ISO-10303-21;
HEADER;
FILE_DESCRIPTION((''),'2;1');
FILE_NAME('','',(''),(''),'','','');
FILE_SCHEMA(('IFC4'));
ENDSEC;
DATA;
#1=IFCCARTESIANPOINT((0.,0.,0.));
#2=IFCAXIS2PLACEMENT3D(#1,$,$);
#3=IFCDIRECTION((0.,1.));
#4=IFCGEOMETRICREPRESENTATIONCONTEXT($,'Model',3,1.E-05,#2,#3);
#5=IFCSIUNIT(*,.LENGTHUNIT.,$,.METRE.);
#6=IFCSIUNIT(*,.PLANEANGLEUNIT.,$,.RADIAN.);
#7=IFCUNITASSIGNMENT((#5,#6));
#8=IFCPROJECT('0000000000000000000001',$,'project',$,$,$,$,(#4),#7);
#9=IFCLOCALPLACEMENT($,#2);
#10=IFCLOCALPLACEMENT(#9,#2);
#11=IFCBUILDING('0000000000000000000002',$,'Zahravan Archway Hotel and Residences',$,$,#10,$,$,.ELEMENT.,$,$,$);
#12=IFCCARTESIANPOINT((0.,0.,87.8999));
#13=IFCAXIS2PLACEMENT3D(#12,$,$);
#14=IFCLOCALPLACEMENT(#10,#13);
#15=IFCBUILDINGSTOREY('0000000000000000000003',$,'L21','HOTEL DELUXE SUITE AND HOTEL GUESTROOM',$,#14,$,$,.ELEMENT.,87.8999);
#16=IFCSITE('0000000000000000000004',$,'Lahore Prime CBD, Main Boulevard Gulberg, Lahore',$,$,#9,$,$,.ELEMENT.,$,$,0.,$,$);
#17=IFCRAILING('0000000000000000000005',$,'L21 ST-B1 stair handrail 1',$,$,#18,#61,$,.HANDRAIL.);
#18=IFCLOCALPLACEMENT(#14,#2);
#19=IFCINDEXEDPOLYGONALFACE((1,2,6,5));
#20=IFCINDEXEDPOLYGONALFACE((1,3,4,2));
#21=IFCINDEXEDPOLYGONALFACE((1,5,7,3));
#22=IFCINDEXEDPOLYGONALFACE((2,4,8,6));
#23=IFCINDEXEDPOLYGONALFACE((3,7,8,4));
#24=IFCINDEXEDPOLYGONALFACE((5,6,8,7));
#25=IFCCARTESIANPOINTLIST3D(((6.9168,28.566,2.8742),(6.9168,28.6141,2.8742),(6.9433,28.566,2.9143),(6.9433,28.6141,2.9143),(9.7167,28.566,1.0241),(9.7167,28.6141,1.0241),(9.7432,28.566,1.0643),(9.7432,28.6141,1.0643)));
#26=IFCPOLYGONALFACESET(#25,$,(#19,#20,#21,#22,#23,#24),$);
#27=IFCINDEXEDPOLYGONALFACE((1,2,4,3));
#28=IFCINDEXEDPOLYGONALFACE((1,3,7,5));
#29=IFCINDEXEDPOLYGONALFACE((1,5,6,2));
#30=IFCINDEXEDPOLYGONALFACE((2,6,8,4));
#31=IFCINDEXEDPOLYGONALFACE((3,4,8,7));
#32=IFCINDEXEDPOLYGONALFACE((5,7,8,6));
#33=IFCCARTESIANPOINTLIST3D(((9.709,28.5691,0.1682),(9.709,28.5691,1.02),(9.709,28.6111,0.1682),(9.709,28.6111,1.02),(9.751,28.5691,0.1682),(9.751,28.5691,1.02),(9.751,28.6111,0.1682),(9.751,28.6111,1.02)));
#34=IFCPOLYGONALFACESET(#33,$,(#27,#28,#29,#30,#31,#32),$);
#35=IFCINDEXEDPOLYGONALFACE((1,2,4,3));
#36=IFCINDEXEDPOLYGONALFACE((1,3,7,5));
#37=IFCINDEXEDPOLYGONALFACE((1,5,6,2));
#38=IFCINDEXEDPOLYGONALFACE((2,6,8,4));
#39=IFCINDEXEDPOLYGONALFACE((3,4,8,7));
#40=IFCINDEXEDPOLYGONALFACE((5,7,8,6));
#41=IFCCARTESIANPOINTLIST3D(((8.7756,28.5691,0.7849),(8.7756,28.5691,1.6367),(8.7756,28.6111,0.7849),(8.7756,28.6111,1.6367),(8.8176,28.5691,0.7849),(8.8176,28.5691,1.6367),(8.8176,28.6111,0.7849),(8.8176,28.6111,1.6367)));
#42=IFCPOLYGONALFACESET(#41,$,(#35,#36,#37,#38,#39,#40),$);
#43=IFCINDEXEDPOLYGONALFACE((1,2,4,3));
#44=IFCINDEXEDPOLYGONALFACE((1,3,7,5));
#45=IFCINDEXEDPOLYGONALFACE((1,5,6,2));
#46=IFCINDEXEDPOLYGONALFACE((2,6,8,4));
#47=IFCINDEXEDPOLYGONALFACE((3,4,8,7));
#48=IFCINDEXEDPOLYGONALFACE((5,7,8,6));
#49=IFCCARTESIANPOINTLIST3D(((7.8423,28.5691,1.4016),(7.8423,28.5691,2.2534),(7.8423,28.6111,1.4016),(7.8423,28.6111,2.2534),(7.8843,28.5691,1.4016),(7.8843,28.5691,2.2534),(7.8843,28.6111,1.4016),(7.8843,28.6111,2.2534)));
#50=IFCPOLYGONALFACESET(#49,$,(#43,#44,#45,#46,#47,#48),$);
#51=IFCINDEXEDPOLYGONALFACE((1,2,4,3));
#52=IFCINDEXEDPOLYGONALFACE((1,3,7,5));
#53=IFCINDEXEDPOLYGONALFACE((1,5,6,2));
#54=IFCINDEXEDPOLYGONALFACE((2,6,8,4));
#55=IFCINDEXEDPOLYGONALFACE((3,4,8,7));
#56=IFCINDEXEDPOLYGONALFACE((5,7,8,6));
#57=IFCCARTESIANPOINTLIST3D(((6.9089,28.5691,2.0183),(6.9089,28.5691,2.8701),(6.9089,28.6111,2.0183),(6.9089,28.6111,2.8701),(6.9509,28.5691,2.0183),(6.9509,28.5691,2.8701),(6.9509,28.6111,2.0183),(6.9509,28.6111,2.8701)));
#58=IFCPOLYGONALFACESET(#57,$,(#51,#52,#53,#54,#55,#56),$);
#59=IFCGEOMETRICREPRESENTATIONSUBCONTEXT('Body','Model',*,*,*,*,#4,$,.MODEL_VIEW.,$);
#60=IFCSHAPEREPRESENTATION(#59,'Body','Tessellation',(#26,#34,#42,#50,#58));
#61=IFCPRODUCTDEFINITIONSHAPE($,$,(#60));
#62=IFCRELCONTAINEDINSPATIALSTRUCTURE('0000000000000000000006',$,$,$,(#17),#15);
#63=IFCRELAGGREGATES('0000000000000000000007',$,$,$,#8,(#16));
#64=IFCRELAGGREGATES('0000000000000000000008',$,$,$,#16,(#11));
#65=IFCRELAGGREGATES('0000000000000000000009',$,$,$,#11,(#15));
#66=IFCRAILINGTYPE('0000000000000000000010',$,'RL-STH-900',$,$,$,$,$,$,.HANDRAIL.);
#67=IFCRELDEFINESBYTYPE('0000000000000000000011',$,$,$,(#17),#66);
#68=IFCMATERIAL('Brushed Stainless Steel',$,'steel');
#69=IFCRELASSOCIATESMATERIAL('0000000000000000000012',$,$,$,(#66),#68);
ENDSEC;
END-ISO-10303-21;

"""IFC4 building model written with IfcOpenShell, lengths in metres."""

from ifc_helpers import new_model, si_unit, direction, frame, origin, origin_2d, place, context, subcontext, project, spatial, rectangle, extrude, material, type_object, element, save


model = new_model("IFC4")

# Units and contexts
model_context = context("Model", 3, precision=1e-05, world=origin(), true_north=direction((0.0, 1.0)))
body_context = subcontext(model_context, "Body", "Model", "MODEL_VIEW")
ifc_project = project(units=[si_unit("LENGTHUNIT", "METRE"), si_unit("PLANEANGLEUNIT", "RADIAN")], contexts=[model_context])

# Site, building, storey
site_placement = place(None, origin())
site = spatial("IfcSite", under=ifc_project, at=site_placement, Name="Lahore Prime CBD, Main Boulevard Gulberg, Lahore", CompositionType="ELEMENT", RefElevation=0.0)
building_placement = place(site_placement, origin())
building = spatial("IfcBuilding", under=site, at=building_placement, Name="Zahravan Archway Hotel and Residences", CompositionType="ELEMENT")
storey_placement = place(building_placement, frame((0.0, 0.0, 87.8999)))
storey = spatial("IfcBuildingStorey", under=building, at=storey_placement, Name="L21", Description="HOTEL DELUXE SUITE AND HOTEL GUESTROOM", CompositionType="ELEMENT", Elevation=87.8999)

# Shared definitions
ifc_material_1 = material(Name="Brushed Stainless Steel", Category="steel")

# Railing
railing_type_1 = type_object("IfcRailingType", Name="RL-STH-900", PredefinedType="HANDRAIL", material=ifc_material_1)
railing_1_placement = place(storey_placement, frame((9.73, 28.5901, 0.1682)))
element("IfcRailing", 1, at=railing_1_placement, inside=storey, type_object=railing_type_1, Name="L21 ST-B1 stair handrail 1", PredefinedType="HANDRAIL", context=body_context, shape_type="SweptSolid", body=[
    extrude(rectangle(XDim=0.0481, YDim=0.0481, at=origin_2d()), frame((0.0, 0.0, 0.876), z_axis=(-0.834326, 0.0, 0.551271), x_axis=(0.0, -1.0, 0.0)), (0.0, 0.0, 1.0), 3.356),
    extrude(rectangle(XDim=0.042, YDim=0.042, at=origin_2d()), origin(), (0.0, 0.0, 1.0), 0.8518),
    extrude(rectangle(XDim=0.042, YDim=0.042, at=origin_2d()), frame((-0.9333, 0.0, 0.6167)), (0.0, 0.0, 1.0), 0.8518),
    extrude(rectangle(XDim=0.042, YDim=0.042, at=origin_2d()), frame((-1.8667, 0.0, 1.2334)), (0.0, 0.0, 1.0), 0.8518),
    extrude(rectangle(XDim=0.042, YDim=0.042, at=origin_2d()), frame((-2.8, 0.0, 1.8501)), (0.0, 0.0, 1.0), 0.8518),
])

save(model, "model.ifc")
